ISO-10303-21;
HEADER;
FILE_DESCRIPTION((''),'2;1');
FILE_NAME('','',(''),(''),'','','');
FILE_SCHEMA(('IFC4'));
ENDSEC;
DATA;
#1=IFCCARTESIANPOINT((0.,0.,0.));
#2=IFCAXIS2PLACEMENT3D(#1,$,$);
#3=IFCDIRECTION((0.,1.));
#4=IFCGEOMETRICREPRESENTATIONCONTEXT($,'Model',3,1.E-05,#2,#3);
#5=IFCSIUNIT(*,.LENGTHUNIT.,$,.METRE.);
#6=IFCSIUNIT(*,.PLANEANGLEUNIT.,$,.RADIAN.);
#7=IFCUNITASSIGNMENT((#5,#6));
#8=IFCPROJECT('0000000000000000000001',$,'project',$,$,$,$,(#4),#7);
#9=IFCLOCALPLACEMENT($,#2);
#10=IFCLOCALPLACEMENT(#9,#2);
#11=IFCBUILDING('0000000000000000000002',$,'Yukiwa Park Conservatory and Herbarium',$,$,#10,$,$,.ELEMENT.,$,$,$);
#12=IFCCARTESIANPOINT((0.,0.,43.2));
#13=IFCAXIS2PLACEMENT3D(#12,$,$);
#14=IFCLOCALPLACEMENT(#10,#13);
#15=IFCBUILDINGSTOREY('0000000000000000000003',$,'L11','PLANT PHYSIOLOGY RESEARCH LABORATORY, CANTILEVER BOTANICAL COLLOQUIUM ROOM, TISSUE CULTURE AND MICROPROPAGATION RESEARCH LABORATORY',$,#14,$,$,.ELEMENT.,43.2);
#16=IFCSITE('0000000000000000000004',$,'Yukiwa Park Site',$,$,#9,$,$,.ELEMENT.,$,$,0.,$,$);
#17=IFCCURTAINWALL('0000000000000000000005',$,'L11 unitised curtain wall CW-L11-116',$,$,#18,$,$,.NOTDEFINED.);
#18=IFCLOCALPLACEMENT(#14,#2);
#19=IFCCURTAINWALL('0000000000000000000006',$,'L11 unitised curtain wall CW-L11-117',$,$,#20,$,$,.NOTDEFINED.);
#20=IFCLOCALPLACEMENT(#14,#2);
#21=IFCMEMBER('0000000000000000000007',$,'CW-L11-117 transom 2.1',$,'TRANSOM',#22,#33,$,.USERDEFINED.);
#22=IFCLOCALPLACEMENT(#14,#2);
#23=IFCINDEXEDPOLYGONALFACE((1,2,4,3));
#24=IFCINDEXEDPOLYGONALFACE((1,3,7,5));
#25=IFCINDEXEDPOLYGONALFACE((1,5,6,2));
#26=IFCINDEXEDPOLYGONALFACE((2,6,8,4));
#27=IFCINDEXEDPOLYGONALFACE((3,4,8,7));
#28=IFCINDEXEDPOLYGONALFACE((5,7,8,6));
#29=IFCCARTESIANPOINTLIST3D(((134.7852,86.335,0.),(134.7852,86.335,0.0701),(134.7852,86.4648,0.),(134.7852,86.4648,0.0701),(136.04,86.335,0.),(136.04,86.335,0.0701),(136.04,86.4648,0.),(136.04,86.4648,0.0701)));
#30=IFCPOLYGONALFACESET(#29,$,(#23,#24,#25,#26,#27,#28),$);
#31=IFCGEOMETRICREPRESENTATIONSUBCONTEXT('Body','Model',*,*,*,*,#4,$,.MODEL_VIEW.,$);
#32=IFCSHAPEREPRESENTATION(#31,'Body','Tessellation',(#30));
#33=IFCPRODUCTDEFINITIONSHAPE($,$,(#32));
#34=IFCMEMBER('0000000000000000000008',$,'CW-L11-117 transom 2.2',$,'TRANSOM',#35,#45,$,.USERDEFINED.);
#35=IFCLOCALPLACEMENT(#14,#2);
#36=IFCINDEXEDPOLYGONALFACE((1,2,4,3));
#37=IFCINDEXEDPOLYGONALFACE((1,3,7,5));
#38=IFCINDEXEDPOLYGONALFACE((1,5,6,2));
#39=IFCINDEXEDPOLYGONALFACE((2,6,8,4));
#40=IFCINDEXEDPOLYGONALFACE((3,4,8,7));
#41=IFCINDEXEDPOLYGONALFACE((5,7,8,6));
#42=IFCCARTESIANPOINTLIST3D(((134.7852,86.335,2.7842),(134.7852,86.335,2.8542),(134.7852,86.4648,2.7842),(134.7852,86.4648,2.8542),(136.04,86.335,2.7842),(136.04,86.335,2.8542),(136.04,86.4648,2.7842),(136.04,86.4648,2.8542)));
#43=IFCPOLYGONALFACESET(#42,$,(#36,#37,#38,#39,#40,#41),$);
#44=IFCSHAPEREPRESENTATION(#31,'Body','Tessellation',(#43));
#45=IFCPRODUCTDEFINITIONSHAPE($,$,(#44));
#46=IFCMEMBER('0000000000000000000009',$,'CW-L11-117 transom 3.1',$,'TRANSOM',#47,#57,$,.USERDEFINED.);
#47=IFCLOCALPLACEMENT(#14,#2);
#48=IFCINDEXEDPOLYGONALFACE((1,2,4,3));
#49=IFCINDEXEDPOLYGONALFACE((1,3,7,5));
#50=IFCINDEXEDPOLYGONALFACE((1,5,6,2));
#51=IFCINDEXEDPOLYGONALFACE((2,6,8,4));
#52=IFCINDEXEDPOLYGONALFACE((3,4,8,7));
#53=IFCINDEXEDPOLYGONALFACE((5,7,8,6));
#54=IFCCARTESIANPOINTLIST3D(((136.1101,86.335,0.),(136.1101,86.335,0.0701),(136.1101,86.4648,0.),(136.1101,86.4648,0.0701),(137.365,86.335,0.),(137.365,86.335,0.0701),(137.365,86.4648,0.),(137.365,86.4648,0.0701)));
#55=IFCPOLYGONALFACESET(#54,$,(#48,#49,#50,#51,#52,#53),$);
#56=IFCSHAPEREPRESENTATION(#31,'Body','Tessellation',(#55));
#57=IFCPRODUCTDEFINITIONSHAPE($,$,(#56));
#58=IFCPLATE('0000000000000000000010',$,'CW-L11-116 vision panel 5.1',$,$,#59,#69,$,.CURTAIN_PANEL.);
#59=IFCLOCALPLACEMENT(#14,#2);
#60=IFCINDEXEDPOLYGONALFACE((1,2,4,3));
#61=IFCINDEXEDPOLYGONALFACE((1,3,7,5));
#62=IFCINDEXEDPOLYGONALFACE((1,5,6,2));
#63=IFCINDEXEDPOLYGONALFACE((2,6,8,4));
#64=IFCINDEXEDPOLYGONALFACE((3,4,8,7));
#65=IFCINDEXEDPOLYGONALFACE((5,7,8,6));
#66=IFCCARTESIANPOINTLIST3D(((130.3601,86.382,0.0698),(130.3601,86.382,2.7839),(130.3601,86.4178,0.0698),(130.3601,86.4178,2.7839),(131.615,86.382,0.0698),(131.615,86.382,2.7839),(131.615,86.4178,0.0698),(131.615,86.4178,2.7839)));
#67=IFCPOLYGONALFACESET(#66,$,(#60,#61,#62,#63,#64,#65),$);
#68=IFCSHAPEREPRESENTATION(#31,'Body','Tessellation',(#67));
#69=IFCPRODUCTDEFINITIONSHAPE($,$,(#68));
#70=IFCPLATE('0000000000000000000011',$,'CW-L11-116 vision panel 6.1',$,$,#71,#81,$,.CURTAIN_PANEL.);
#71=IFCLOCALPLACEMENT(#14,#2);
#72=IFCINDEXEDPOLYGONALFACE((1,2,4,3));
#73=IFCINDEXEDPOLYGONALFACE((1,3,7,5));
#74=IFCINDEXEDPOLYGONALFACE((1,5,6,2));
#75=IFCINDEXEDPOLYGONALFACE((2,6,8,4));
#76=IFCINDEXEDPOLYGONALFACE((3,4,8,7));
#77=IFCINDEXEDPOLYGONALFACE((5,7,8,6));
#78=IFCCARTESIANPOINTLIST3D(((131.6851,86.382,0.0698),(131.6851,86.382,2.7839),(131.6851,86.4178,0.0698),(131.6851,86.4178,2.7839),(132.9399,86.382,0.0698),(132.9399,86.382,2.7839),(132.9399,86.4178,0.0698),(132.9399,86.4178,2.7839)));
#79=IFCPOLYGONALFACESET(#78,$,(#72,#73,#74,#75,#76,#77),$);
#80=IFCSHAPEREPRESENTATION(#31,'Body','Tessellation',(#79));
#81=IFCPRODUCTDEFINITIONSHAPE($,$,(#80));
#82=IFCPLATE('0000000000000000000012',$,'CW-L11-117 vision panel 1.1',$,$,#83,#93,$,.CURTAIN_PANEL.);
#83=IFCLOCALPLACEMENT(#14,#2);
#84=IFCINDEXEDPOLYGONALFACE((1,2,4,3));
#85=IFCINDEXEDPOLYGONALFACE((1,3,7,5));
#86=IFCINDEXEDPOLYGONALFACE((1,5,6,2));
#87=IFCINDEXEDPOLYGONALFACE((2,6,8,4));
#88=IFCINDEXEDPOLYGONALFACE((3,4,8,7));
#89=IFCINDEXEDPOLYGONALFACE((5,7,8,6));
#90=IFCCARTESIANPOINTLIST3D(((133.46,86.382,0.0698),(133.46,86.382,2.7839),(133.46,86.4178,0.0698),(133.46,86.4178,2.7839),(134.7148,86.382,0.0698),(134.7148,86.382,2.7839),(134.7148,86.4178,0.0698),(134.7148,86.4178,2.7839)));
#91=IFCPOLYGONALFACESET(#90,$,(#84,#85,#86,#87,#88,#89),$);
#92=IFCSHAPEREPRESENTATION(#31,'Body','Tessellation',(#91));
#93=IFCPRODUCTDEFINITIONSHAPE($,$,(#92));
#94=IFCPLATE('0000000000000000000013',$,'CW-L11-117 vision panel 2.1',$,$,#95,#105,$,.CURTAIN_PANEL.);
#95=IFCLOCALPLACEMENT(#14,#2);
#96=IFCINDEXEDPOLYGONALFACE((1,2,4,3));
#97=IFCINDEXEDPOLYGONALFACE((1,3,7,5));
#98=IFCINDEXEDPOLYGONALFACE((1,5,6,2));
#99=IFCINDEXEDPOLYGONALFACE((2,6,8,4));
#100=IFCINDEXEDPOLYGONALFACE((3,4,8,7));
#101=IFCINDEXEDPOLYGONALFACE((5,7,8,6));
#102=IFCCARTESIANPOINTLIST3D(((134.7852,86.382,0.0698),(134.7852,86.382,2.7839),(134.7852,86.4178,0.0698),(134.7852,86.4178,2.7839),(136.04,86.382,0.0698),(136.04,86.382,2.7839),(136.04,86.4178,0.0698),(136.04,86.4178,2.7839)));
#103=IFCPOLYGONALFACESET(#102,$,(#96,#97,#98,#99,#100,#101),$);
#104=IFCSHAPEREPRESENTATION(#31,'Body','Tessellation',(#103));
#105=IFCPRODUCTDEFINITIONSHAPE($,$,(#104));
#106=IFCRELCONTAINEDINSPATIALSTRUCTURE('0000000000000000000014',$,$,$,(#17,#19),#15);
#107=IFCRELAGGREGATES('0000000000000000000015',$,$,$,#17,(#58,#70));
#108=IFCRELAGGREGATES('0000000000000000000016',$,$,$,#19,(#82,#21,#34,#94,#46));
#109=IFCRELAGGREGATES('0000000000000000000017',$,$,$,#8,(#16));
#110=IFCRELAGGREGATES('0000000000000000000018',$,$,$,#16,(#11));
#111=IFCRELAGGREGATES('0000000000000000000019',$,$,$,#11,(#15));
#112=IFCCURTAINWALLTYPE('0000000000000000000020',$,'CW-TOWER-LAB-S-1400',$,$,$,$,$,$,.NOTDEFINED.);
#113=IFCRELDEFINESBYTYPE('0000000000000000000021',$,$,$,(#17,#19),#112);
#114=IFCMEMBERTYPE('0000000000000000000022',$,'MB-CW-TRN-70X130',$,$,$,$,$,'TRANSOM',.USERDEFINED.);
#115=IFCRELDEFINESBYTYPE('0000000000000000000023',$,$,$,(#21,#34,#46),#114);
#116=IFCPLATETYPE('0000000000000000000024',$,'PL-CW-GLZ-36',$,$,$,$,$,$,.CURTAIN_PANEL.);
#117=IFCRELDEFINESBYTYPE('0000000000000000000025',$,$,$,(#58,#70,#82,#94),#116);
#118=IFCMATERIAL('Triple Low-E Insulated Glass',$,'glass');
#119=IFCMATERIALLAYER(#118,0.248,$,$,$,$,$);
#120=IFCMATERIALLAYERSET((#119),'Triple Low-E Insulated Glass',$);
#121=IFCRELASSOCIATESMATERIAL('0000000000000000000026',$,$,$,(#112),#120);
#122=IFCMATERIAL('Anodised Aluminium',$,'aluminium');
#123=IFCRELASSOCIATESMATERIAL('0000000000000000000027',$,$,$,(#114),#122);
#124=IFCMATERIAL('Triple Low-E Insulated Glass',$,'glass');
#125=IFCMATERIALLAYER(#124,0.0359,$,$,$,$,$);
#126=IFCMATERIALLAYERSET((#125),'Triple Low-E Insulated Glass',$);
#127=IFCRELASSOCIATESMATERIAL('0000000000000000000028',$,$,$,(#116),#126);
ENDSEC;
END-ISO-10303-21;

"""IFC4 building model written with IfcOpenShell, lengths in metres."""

from ifc_helpers import new_model, si_unit, direction, frame, origin, origin_2d, place, context, subcontext, project, spatial, rectangle, extrude, material, layer, layer_set, type_object, element, aggregate, save


model = new_model("IFC4")

# Units and contexts
model_context = context("Model", 3, precision=1e-05, world=origin(), true_north=direction((0.0, 1.0)))
body_context = subcontext(model_context, "Body", "Model", "MODEL_VIEW")
ifc_project = project(units=[si_unit("LENGTHUNIT", "METRE"), si_unit("PLANEANGLEUNIT", "RADIAN")], contexts=[model_context])

# Site, building, storey
site_placement = place(None, origin())
site = spatial("IfcSite", under=ifc_project, at=site_placement, Name="Yukiwa Park Site", CompositionType="ELEMENT", RefElevation=0.0)
building_placement = place(site_placement, origin())
building = spatial("IfcBuilding", under=site, at=building_placement, Name="Yukiwa Park Conservatory and Herbarium", CompositionType="ELEMENT")
storey_placement = place(building_placement, frame((0.0, 0.0, 43.2)))
storey = spatial("IfcBuildingStorey", under=building, at=storey_placement, Name="L11", Description="PLANT PHYSIOLOGY RESEARCH LABORATORY, CANTILEVER BOTANICAL COLLOQUIUM ROOM, TISSUE CULTURE AND MICROPROPAGATION RESEARCH LABORATORY", CompositionType="ELEMENT", Elevation=43.2)

# Curtain walls
ifc_material_1 = material(Name="Triple Low-E Insulated Glass", Category="glass")
ifc_layer_1 = layer(ifc_material_1, 0.248)
ifc_layer_set_1 = layer_set([ifc_layer_1], Name="Triple Low-E Insulated Glass")
curtain_wall_type = type_object("IfcCurtainWallType", Name="CW-TOWER-LAB-S-1400", PredefinedType="NOTDEFINED", material=ifc_layer_set_1)
curtain_wall_1_placement = place(storey_placement, origin())
curtain_wall_1 = element("IfcCurtainWall", 1, at=curtain_wall_1_placement, inside=storey, type_object=curtain_wall_type, Name="L11 unitised curtain wall CW-L11-116", PredefinedType="NOTDEFINED")
curtain_wall_2_placement = place(storey_placement, origin())
curtain_wall_2 = element("IfcCurtainWall", 2, at=curtain_wall_2_placement, inside=storey, type_object=curtain_wall_type, Name="L11 unitised curtain wall CW-L11-117", PredefinedType="NOTDEFINED")

# Members
ifc_material_2 = material(Name="Anodised Aluminium", Category="aluminium")
member_type_1 = type_object("IfcMemberType", Name="MB-CW-TRN-70X130", ElementType="TRANSOM", PredefinedType="USERDEFINED", material=ifc_material_2)
member_1_placement = place(storey_placement, frame((135.4126, 86.3999, 0.0), z_axis=(0.0, 0.0, 1.0), x_axis=(1.0, 0.0, 0.0)))
member_1 = element("IfcMember", 3, at=member_1_placement, type_object=member_type_1, Name="CW-L11-117 transom 2.1", ObjectType="TRANSOM", PredefinedType="USERDEFINED", context=body_context, shape_type="SweptSolid", body=[
    extrude(rectangle(XDim=1.2549, YDim=0.1299, at=origin_2d()), origin(), (0.0, 0.0, 1.0), 0.0701),
])
member_2_placement = place(storey_placement, frame((135.4126, 86.3999, 2.7842), z_axis=(0.0, 0.0, 1.0), x_axis=(1.0, 0.0, 0.0)))
member_2 = element("IfcMember", 4, at=member_2_placement, type_object=member_type_1, Name="CW-L11-117 transom 2.2", ObjectType="TRANSOM", PredefinedType="USERDEFINED", context=body_context, shape_type="SweptSolid", body=[
    extrude(rectangle(XDim=1.2549, YDim=0.1299, at=origin_2d()), origin(), (0.0, 0.0, 1.0), 0.0701),
])
member_3_placement = place(storey_placement, frame((136.7375, 86.3999, 0.0), z_axis=(0.0, 0.0, 1.0), x_axis=(1.0, 0.0, 0.0)))
member_3 = element("IfcMember", 5, at=member_3_placement, type_object=member_type_1, Name="CW-L11-117 transom 3.1", ObjectType="TRANSOM", PredefinedType="USERDEFINED", context=body_context, shape_type="SweptSolid", body=[
    extrude(rectangle(XDim=1.2549, YDim=0.1299, at=origin_2d()), origin(), (0.0, 0.0, 1.0), 0.0701),
])

# Plates
ifc_material_3 = material(Name="Triple Low-E Insulated Glass", Category="glass")
ifc_layer_2 = layer(ifc_material_3, 0.0359)
ifc_layer_set_2 = layer_set([ifc_layer_2], Name="Triple Low-E Insulated Glass")
plate_type = type_object("IfcPlateType", Name="PL-CW-GLZ-36", PredefinedType="CURTAIN_PANEL", material=ifc_layer_set_2)
plate_1_placement = place(storey_placement, frame((130.9875, 86.3999, 0.0698), z_axis=(0.0, 0.0, 1.0), x_axis=(1.0, 0.0, 0.0)))
plate_1 = element("IfcPlate", 6, at=plate_1_placement, type_object=plate_type, Name="CW-L11-116 vision panel 5.1", PredefinedType="CURTAIN_PANEL", context=body_context, shape_type="SweptSolid", body=[
    extrude(rectangle(XDim=1.2549, YDim=0.0359, at=origin_2d()), origin(), (0.0, 0.0, 1.0), 2.7141),
])
plate_2_placement = place(storey_placement, frame((132.3125, 86.3999, 0.0698), z_axis=(0.0, 0.0, 1.0), x_axis=(1.0, 0.0, 0.0)))
plate_2 = element("IfcPlate", 7, at=plate_2_placement, type_object=plate_type, Name="CW-L11-116 vision panel 6.1", PredefinedType="CURTAIN_PANEL", context=body_context, shape_type="SweptSolid", body=[
    extrude(rectangle(XDim=1.2549, YDim=0.0359, at=origin_2d()), origin(), (0.0, 0.0, 1.0), 2.7141),
])
aggregate(curtain_wall_1, [plate_1, plate_2])
plate_3_placement = place(storey_placement, frame((134.0874, 86.3999, 0.0698), z_axis=(0.0, 0.0, 1.0), x_axis=(1.0, 0.0, 0.0)))
plate_3 = element("IfcPlate", 8, at=plate_3_placement, type_object=plate_type, Name="CW-L11-117 vision panel 1.1", PredefinedType="CURTAIN_PANEL", context=body_context, shape_type="SweptSolid", body=[
    extrude(rectangle(XDim=1.2549, YDim=0.0359, at=origin_2d()), origin(), (0.0, 0.0, 1.0), 2.7141),
])
plate_4_placement = place(storey_placement, frame((135.4126, 86.3999, 0.0698), z_axis=(0.0, 0.0, 1.0), x_axis=(1.0, 0.0, 0.0)))
plate_4 = element("IfcPlate", 9, at=plate_4_placement, type_object=plate_type, Name="CW-L11-117 vision panel 2.1", PredefinedType="CURTAIN_PANEL", context=body_context, shape_type="SweptSolid", body=[
    extrude(rectangle(XDim=1.2549, YDim=0.0359, at=origin_2d()), origin(), (0.0, 0.0, 1.0), 2.7141),
])
aggregate(curtain_wall_2, [plate_3, member_1, member_2, plate_4, member_3])

save(model, "model.ifc")
